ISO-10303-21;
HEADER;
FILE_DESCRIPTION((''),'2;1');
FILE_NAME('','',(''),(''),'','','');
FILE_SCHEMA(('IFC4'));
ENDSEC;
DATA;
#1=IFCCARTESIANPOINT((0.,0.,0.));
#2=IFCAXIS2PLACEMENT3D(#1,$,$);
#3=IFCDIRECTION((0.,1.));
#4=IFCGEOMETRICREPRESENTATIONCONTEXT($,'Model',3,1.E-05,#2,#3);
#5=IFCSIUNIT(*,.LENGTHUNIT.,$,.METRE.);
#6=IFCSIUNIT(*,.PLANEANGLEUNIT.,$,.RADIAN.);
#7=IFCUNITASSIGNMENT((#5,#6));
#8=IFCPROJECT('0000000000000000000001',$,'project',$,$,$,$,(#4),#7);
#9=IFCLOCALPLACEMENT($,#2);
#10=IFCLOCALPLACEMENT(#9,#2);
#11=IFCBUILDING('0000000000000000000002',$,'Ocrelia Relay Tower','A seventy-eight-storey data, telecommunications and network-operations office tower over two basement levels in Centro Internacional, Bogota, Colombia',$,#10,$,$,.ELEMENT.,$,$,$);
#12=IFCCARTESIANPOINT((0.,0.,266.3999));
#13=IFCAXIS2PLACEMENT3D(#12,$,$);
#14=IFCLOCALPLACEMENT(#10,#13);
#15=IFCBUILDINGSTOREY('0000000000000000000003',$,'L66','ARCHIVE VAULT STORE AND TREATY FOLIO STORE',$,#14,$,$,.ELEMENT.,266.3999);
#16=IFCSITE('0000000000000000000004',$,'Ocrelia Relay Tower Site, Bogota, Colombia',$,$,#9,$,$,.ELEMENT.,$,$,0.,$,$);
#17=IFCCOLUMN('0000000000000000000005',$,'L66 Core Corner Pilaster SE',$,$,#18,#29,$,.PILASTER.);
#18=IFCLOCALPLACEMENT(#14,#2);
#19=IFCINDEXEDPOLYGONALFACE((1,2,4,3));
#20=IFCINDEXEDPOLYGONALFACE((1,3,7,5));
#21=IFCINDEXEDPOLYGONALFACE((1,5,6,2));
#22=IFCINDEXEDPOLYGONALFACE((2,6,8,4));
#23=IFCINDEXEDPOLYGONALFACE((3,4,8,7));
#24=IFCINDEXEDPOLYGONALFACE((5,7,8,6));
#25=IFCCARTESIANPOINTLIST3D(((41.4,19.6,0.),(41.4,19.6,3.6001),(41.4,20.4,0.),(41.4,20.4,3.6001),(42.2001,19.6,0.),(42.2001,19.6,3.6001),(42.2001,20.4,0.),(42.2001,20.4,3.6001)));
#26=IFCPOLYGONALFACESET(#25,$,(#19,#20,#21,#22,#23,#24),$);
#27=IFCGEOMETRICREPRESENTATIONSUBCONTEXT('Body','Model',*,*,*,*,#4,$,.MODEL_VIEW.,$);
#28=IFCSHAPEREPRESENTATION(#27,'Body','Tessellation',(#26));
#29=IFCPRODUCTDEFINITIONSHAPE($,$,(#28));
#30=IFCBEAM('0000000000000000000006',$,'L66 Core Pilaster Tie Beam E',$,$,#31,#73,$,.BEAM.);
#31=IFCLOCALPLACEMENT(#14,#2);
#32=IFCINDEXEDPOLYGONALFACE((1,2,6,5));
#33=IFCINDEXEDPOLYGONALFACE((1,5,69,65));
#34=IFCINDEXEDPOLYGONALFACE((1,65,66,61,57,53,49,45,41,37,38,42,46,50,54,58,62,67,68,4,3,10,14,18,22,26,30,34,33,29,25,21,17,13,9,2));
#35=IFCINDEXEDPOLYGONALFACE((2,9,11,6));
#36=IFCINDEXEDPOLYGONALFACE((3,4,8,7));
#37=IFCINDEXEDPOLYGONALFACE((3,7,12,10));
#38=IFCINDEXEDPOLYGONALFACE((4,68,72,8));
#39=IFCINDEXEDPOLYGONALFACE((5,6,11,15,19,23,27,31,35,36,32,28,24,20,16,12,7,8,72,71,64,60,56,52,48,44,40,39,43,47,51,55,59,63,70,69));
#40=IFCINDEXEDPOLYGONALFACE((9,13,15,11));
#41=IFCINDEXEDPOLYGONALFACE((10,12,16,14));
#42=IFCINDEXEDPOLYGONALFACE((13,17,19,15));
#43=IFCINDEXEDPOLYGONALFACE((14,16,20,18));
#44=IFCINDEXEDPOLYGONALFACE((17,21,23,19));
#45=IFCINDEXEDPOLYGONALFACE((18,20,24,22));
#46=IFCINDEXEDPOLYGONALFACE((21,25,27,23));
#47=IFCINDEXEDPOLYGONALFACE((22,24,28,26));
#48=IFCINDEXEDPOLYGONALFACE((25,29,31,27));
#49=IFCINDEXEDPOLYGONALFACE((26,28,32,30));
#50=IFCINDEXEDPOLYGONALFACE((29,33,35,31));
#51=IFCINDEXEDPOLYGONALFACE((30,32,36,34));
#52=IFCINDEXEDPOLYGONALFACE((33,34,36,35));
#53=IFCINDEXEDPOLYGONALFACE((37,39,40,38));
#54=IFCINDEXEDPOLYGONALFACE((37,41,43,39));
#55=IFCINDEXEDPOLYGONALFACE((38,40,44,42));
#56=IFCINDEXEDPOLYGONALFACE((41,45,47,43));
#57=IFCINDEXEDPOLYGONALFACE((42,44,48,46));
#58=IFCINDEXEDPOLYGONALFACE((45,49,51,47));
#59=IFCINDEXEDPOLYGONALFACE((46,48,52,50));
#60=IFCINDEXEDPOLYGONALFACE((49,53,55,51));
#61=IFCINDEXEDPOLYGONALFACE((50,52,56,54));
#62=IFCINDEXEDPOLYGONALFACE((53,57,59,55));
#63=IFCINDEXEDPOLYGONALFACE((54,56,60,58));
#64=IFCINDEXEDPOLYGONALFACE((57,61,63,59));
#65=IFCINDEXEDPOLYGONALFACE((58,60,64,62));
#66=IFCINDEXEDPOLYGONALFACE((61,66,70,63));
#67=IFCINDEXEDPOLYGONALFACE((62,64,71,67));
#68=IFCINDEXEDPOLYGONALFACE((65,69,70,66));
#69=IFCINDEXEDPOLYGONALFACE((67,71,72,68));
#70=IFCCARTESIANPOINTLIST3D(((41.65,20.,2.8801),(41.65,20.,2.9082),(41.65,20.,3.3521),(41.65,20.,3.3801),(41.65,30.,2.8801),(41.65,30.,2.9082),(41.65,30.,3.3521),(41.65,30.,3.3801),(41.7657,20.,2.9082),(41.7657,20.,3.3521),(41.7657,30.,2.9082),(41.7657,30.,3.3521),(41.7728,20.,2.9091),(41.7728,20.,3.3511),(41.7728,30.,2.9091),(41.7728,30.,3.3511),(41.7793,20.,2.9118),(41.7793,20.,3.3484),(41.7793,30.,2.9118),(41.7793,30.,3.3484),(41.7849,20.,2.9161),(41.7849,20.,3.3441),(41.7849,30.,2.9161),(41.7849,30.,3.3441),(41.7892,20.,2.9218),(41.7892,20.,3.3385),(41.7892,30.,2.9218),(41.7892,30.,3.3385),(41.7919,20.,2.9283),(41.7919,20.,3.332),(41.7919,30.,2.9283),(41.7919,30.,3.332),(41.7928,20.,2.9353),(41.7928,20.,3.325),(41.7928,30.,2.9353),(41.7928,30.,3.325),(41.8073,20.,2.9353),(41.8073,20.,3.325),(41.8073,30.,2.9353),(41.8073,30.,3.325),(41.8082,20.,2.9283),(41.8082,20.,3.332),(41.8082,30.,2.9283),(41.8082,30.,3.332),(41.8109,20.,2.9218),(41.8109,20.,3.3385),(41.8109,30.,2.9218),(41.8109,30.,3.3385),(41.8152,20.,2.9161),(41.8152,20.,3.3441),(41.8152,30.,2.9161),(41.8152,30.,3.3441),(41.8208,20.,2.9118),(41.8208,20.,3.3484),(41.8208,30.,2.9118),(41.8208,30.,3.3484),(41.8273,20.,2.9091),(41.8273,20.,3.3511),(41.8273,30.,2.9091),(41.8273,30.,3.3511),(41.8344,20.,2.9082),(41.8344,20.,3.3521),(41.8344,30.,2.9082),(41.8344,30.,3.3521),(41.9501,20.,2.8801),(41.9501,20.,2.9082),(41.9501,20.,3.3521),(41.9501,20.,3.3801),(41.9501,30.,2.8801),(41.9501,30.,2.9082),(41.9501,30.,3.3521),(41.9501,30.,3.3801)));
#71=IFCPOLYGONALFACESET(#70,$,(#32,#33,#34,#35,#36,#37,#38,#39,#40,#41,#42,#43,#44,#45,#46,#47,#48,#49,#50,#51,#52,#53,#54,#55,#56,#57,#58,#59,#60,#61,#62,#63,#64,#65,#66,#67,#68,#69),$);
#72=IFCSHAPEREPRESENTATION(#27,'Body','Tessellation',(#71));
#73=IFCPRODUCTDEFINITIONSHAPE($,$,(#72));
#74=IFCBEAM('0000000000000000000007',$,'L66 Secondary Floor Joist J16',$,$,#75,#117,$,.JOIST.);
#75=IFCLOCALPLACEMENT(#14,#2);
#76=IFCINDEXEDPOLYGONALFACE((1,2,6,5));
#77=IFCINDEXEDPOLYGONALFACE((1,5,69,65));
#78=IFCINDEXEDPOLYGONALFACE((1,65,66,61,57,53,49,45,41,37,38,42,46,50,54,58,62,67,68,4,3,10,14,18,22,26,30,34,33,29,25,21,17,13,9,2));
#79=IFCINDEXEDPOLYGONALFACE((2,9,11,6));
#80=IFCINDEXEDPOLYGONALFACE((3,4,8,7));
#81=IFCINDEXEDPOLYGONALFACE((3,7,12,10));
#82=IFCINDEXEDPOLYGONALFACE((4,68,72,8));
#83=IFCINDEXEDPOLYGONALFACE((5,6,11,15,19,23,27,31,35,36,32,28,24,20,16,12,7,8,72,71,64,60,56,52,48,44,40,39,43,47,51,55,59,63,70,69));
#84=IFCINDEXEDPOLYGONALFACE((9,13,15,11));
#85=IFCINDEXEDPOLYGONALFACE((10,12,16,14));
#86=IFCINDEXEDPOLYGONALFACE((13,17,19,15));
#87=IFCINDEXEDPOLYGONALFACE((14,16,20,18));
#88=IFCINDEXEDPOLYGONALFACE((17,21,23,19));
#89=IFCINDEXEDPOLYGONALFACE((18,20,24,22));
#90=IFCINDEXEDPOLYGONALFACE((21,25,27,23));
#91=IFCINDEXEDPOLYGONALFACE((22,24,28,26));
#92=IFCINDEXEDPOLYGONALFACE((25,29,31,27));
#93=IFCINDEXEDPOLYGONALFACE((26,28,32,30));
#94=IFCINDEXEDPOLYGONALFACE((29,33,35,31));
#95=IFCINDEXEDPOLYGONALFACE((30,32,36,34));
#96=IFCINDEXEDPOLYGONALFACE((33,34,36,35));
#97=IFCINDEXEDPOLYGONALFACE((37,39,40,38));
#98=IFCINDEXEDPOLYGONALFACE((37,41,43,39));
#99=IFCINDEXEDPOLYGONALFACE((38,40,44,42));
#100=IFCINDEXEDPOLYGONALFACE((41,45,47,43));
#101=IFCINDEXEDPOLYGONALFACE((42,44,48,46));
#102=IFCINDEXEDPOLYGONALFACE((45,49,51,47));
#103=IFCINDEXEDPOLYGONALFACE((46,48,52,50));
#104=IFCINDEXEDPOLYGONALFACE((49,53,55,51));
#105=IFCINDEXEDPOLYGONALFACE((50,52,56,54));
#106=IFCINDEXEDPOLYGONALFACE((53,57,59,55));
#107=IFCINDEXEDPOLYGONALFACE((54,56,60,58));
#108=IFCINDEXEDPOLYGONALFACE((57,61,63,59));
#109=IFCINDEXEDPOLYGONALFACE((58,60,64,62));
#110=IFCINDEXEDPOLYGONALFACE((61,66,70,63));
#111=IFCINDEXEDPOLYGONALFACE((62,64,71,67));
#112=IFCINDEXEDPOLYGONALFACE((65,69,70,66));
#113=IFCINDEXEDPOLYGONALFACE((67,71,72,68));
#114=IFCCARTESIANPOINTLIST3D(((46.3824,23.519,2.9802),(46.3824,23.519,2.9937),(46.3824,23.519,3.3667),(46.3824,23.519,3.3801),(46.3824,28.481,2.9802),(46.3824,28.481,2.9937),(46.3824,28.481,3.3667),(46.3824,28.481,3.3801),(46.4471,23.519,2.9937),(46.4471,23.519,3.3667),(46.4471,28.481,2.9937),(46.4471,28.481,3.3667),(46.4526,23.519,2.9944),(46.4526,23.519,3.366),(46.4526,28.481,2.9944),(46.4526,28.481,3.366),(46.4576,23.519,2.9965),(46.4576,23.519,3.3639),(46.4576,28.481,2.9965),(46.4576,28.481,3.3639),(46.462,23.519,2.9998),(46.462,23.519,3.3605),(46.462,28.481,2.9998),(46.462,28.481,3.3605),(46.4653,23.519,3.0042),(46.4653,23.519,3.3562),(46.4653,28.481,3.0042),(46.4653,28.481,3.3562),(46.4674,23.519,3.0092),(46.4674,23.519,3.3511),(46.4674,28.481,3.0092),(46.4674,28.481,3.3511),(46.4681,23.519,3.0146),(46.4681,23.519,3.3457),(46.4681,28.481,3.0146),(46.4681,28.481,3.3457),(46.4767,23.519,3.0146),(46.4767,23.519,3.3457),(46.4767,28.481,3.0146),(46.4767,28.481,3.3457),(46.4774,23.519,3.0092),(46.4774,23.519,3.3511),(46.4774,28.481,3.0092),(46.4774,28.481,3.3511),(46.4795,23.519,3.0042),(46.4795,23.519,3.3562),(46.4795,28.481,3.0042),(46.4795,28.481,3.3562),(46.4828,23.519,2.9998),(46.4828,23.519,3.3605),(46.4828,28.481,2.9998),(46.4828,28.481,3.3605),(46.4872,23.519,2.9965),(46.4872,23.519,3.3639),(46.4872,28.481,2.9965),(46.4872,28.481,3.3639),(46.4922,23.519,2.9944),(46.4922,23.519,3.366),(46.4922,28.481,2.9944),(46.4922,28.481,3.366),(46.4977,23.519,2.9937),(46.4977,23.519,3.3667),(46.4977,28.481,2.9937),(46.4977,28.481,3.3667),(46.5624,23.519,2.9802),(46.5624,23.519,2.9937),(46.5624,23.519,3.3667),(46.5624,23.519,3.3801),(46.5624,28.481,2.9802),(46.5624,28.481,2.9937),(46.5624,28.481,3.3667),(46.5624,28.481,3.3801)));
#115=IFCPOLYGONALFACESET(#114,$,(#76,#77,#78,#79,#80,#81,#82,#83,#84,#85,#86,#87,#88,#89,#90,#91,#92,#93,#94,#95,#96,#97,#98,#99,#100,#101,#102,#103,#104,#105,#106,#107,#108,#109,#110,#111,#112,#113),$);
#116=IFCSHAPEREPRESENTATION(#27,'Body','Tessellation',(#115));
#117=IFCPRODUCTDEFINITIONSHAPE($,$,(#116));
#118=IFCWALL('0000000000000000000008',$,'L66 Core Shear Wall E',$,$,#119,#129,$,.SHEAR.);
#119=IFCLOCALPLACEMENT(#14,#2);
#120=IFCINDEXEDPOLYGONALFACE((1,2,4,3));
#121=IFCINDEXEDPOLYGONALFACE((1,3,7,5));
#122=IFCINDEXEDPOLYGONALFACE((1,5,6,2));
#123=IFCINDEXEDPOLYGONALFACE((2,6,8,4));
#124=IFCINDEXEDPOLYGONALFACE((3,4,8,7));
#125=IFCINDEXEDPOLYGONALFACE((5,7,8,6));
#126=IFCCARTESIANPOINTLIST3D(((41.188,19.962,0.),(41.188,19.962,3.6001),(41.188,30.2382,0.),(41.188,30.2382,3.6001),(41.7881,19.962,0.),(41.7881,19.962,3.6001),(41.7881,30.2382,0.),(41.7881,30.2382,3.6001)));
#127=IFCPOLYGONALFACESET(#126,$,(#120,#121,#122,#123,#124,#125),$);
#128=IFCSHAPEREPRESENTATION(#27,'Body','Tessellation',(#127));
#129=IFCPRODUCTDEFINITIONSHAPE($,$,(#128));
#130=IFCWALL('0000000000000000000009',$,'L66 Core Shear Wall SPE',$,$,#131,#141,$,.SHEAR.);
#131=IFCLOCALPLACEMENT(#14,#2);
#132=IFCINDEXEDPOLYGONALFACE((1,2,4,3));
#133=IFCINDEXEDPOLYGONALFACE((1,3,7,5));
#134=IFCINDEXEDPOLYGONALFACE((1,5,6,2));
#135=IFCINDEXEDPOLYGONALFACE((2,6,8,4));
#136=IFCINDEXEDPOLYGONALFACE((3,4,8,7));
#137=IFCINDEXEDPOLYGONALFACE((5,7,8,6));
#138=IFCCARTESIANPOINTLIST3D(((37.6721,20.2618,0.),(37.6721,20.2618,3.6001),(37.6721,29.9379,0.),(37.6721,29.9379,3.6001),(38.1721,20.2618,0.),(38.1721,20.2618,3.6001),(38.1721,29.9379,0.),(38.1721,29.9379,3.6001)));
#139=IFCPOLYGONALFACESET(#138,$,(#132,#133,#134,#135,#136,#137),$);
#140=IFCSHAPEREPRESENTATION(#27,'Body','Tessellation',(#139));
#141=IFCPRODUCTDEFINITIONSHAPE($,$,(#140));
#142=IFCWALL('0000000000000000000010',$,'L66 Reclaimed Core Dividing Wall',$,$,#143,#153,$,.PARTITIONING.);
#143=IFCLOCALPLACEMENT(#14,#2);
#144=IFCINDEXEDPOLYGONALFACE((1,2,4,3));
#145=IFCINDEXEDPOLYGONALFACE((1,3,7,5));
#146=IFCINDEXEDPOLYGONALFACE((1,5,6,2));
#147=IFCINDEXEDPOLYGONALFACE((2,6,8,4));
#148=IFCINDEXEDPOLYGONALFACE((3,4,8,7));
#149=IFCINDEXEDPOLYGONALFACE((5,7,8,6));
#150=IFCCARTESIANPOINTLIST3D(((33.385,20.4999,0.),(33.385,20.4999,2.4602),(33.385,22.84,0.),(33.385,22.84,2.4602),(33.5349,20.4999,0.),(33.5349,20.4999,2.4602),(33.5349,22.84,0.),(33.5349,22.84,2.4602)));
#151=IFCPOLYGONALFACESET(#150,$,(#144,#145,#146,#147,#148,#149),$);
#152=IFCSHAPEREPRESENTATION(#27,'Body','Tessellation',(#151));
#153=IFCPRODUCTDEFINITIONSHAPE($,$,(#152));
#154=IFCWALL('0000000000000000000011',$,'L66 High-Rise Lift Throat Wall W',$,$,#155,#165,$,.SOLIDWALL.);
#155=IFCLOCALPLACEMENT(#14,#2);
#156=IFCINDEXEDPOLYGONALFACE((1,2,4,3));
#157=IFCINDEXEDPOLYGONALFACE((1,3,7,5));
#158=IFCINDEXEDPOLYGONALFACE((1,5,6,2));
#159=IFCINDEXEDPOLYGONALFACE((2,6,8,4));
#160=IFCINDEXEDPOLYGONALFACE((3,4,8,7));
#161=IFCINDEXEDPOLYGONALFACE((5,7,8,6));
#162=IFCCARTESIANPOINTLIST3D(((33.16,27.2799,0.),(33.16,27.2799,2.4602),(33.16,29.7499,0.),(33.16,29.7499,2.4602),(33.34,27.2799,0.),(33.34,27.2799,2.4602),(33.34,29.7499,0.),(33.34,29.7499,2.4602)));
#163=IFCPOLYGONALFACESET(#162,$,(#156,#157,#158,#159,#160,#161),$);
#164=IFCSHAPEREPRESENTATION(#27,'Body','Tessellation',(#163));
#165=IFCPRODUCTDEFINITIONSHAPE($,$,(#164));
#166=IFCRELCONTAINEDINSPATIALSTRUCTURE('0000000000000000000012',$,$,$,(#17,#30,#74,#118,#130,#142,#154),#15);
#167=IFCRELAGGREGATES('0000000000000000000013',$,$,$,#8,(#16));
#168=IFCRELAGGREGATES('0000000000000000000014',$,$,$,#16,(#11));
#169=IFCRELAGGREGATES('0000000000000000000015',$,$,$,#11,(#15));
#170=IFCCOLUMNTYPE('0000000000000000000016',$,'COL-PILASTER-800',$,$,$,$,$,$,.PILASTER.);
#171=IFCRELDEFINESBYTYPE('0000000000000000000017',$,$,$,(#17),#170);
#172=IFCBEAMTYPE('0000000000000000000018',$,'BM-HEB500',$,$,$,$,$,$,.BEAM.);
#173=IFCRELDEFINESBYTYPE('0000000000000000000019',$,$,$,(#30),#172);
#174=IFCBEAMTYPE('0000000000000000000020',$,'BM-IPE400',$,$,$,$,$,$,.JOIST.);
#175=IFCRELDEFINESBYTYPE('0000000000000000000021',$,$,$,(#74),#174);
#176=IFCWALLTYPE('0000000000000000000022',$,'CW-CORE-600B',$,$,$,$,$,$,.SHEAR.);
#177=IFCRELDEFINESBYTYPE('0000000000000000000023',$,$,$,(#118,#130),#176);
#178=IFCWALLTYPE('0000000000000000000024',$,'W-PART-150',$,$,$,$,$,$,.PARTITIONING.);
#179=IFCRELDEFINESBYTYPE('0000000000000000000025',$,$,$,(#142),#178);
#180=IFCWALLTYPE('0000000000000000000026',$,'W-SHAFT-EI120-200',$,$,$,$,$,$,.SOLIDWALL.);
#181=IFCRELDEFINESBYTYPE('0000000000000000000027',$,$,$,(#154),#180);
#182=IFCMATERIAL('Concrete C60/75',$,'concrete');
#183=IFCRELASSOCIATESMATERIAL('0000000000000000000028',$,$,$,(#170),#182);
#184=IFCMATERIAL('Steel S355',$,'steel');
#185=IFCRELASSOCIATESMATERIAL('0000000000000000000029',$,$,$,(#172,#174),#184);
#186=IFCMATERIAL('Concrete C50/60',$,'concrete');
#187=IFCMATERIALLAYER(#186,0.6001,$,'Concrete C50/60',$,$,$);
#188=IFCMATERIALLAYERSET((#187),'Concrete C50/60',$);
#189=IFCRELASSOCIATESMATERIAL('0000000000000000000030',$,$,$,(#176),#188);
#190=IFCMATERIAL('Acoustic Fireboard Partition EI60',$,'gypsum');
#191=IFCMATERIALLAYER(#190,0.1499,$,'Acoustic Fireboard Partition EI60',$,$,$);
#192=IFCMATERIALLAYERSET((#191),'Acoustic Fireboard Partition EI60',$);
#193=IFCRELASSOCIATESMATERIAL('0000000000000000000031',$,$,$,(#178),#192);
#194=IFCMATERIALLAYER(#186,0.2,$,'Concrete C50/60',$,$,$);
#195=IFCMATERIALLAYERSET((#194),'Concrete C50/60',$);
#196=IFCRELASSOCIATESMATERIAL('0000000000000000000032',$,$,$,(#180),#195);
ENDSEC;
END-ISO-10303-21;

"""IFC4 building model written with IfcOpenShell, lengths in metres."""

from ifc_helpers import new_model, si_unit, direction, frame, frame_2d, origin, origin_2d, place, context, subcontext, project, spatial, rectangle, i_section, extrude, material, layer, layer_set, material_profile, profile_set, type_object, element, save


model = new_model("IFC4")

# Units and contexts
model_context = context("Model", 3, precision=1e-05, world=origin(), true_north=direction((0.0, 1.0)))
body_context = subcontext(model_context, "Body", "Model", "MODEL_VIEW")
ifc_project = project(units=[si_unit("LENGTHUNIT", "METRE"), si_unit("PLANEANGLEUNIT", "RADIAN")], contexts=[model_context])

# Site, building, storey
site_placement = place(None, origin())
site = spatial("IfcSite", under=ifc_project, at=site_placement, Name="Ocrelia Relay Tower Site, Bogota, Colombia", CompositionType="ELEMENT", RefElevation=0.0)
building_placement = place(site_placement, origin())
building = spatial("IfcBuilding", under=site, at=building_placement, Name="Ocrelia Relay Tower", Description="A seventy-eight-storey data, telecommunications and network-operations office tower over two basement levels in Centro Internacional, Bogota, Colombia", CompositionType="ELEMENT")
storey_placement = place(building_placement, frame((0.0, 0.0, 266.3999)))
storey = spatial("IfcBuildingStorey", under=building, at=storey_placement, Name="L66", Description="ARCHIVE VAULT STORE AND TREATY FOLIO STORE", CompositionType="ELEMENT", Elevation=266.3999)

# Column
ifc_material_1 = material(Name="Concrete C60/75", Category="concrete")
ifc_material_profile_1 = material_profile(ifc_material_1, rectangle(XDim=0.8, YDim=0.8, at=origin_2d()), Name="RC-COL-800x800")
ifc_profile_set_1 = profile_set([ifc_material_profile_1], Name="Concrete C60/75")
column_type = type_object("IfcColumnType", Name="COL-PILASTER-800", PredefinedType="PILASTER", material=ifc_profile_set_1)
column_placement = place(storey_placement, frame((41.8, 20.0, 0.0), z_axis=(0.0, 0.0, 1.0), x_axis=(1.0, 0.0, 0.0)))
element("IfcColumn", 1, at=column_placement, inside=storey, type_object=column_type, Name="L66 Core Corner Pilaster SE", PredefinedType="PILASTER", context=body_context, shape_type="SweptSolid", body=[
    extrude(rectangle(XDim=0.8, YDim=0.8, at=origin_2d()), origin(), (0.0, 0.0, 1.0), 3.6001),
])

# Beams
ifc_material_2 = material(Name="Steel S355", Category="steel")
ifc_material_profile_2 = material_profile(ifc_material_2, i_section(OverallWidth=0.3, OverallDepth=0.5, WebThickness=0.0144, FlangeThickness=0.0281, FilletRadius=0.0271, at=origin_2d()), Name="HEB 500")
ifc_profile_set_2 = profile_set([ifc_material_profile_2], Name="Steel S355")
beam_type_1 = type_object("IfcBeamType", Name="BM-HEB500", PredefinedType="BEAM", material=ifc_profile_set_2)
beam_1_placement = place(storey_placement, frame((41.8, 20.0, 3.1301), z_axis=(0.0, 1.0, 0.0), x_axis=(-1.0, 0.0, 0.0)))
element("IfcBeam", 2, at=beam_1_placement, inside=storey, type_object=beam_type_1, Name="L66 Core Pilaster Tie Beam E", PredefinedType="BEAM", context=body_context, shape_type="SweptSolid", body=[
    extrude(i_section(OverallWidth=0.3, OverallDepth=0.5, WebThickness=0.0144, FlangeThickness=0.0281, FilletRadius=0.0271, at=origin_2d()), origin(), (0.0, 0.0, 1.0), 10.0),
])
ifc_material_profile_3 = material_profile(ifc_material_2, i_section(OverallWidth=0.1799, OverallDepth=0.3999, WebThickness=0.0085, FlangeThickness=0.0134, FilletRadius=0.021, at=origin_2d()), Name="IPE 400")
ifc_profile_set_3 = profile_set([ifc_material_profile_3], Name="Steel S355")
beam_type_2 = type_object("IfcBeamType", Name="BM-IPE400", PredefinedType="JOIST", material=ifc_profile_set_3)
beam_2_placement = place(storey_placement, frame((46.4724, 23.519, 3.1802), z_axis=(0.0, 1.0, 0.0), x_axis=(-1.0, 0.0, 0.0)))
element("IfcBeam", 3, at=beam_2_placement, inside=storey, type_object=beam_type_2, Name="L66 Secondary Floor Joist J16", PredefinedType="JOIST", context=body_context, shape_type="SweptSolid", body=[
    extrude(i_section(OverallWidth=0.1799, OverallDepth=0.3999, WebThickness=0.0085, FlangeThickness=0.0134, FilletRadius=0.021, at=origin_2d()), origin(), (0.0, 0.0, 1.0), 4.9619),
])

# Walls
ifc_material_3 = material(Name="Concrete C50/60", Category="concrete")
ifc_layer_1 = layer(ifc_material_3, 0.6001, Name="Concrete C50/60")
ifc_layer_set_1 = layer_set([ifc_layer_1], Name="Concrete C50/60")
wall_type_1 = type_object("IfcWallType", Name="CW-CORE-600B", PredefinedType="SHEAR", material=ifc_layer_set_1)
wall_1_placement = place(storey_placement, frame((41.488, 19.9619, 0.0), z_axis=(0.0, 0.0, 1.0), x_axis=(0.0, 1.0, 0.0)))
element("IfcWall", 4, at=wall_1_placement, inside=storey, type_object=wall_type_1, Name="L66 Core Shear Wall E", PredefinedType="SHEAR", context=body_context, shape_type="SweptSolid", body=[
    extrude(rectangle(XDim=10.2761, YDim=0.6001, at=frame_2d((5.1382, 0.0))), origin(), (0.0, 0.0, 1.0), 3.6001),
])
wall_2_placement = place(storey_placement, frame((37.9221, 20.262, 0.0), z_axis=(0.0, 0.0, 1.0), x_axis=(0.0, 1.0, 0.0)))
element("IfcWall", 5, at=wall_2_placement, inside=storey, type_object=wall_type_1, Name="L66 Core Shear Wall SPE", PredefinedType="SHEAR", context=body_context, shape_type="SweptSolid", body=[
    extrude(rectangle(XDim=9.676, YDim=0.5, at=frame_2d((4.8379, 0.0))), origin(), (0.0, 0.0, 1.0), 3.6001),
])

# Walls
ifc_material_4 = material(Name="Acoustic Fireboard Partition EI60", Category="gypsum")
ifc_layer_2 = layer(ifc_material_4, 0.1499, Name="Acoustic Fireboard Partition EI60")
ifc_layer_set_2 = layer_set([ifc_layer_2], Name="Acoustic Fireboard Partition EI60")
wall_type_2 = type_object("IfcWallType", Name="W-PART-150", PredefinedType="PARTITIONING", material=ifc_layer_set_2)
wall_3_placement = place(storey_placement, frame((33.46, 20.5, 0.0), z_axis=(0.0, 0.0, 1.0), x_axis=(0.0, 1.0, 0.0)))
element("IfcWall", 6, at=wall_3_placement, inside=storey, type_object=wall_type_2, Name="L66 Reclaimed Core Dividing Wall", PredefinedType="PARTITIONING", context=body_context, shape_type="SweptSolid", body=[
    extrude(rectangle(XDim=2.3401, YDim=0.1499, at=frame_2d((1.1699, 0.0))), origin(), (0.0, 0.0, 1.0), 2.4602),
])
ifc_layer_3 = layer(ifc_material_3, 0.2, Name="Concrete C50/60")
ifc_layer_set_3 = layer_set([ifc_layer_3], Name="Concrete C50/60")
wall_type_3 = type_object("IfcWallType", Name="W-SHAFT-EI120-200", PredefinedType="SOLIDWALL", material=ifc_layer_set_3)
wall_4_placement = place(storey_placement, frame((33.25, 27.28, 0.0), z_axis=(0.0, 0.0, 1.0), x_axis=(0.0, 1.0, 0.0)))
element("IfcWall", 7, at=wall_4_placement, inside=storey, type_object=wall_type_3, Name="L66 High-Rise Lift Throat Wall W", PredefinedType="SOLIDWALL", context=body_context, shape_type="SweptSolid", body=[
    extrude(rectangle(XDim=2.47, YDim=0.1799, at=frame_2d((1.2349, 0.0))), origin(), (0.0, 0.0, 1.0), 2.4602),
])

save(model, "model.ifc")
